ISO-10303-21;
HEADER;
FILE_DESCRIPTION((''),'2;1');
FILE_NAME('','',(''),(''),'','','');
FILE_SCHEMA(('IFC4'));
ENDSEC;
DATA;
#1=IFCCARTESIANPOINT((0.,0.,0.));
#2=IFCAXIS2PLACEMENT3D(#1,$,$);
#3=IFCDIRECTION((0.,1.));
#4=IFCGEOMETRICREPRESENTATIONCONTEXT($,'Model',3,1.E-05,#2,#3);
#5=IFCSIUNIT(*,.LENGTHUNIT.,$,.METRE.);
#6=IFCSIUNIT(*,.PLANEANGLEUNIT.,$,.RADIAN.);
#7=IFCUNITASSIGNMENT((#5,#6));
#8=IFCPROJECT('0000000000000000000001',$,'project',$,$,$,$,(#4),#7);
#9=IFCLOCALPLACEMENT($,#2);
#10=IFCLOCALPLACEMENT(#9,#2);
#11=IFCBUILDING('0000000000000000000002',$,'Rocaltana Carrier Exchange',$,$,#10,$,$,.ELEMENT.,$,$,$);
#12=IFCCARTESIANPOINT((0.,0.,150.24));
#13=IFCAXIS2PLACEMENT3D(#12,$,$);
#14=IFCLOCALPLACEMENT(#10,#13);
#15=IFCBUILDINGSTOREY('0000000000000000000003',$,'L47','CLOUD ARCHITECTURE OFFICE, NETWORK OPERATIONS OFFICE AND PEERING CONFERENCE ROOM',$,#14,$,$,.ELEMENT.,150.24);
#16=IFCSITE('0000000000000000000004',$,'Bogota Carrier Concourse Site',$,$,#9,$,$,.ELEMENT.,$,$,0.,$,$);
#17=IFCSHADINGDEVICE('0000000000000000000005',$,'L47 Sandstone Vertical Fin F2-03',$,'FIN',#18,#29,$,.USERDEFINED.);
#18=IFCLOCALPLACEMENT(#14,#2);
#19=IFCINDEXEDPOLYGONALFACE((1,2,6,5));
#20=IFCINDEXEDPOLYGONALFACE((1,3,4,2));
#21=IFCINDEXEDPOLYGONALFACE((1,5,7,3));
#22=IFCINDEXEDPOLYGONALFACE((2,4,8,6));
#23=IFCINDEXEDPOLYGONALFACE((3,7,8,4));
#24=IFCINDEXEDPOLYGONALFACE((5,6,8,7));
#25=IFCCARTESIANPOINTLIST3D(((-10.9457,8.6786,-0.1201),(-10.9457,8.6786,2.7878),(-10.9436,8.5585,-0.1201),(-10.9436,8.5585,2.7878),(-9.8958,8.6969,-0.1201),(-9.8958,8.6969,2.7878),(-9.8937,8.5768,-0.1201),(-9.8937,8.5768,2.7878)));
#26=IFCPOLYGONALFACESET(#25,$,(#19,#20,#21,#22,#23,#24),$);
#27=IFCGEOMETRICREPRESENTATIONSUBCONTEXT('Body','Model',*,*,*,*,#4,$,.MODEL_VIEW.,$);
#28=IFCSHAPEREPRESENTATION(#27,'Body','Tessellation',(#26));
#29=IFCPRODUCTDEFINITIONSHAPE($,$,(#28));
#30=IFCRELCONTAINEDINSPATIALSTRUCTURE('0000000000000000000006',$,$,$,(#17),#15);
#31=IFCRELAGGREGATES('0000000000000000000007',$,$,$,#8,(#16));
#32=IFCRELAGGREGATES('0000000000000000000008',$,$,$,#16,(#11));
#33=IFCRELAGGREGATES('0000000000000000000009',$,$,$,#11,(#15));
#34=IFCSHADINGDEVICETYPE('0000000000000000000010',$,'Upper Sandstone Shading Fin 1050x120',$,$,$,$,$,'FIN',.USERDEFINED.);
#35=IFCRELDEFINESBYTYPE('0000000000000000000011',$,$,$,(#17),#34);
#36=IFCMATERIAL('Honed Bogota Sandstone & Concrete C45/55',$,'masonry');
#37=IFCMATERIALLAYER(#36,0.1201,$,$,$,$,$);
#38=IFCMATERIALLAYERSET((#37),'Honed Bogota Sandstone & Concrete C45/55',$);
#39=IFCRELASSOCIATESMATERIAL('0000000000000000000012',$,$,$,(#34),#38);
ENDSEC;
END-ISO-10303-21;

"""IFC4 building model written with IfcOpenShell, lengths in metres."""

from ifc_helpers import new_model, si_unit, direction, frame, origin, origin_2d, place, context, subcontext, project, spatial, rectangle, extrude, material, layer, layer_set, type_object, element, save


model = new_model("IFC4")

# Units and contexts
model_context = context("Model", 3, precision=1e-05, world=origin(), true_north=direction((0.0, 1.0)))
body_context = subcontext(model_context, "Body", "Model", "MODEL_VIEW")
ifc_project = project(units=[si_unit("LENGTHUNIT", "METRE"), si_unit("PLANEANGLEUNIT", "RADIAN")], contexts=[model_context])

# Site, building, storey
site_placement = place(None, origin())
site = spatial("IfcSite", under=ifc_project, at=site_placement, Name="Bogota Carrier Concourse Site", CompositionType="ELEMENT", RefElevation=0.0)
building_placement = place(site_placement, origin())
building = spatial("IfcBuilding", under=site, at=building_placement, Name="Rocaltana Carrier Exchange", CompositionType="ELEMENT")
storey_placement = place(building_placement, frame((0.0, 0.0, 150.24)))
storey = spatial("IfcBuildingStorey", under=building, at=storey_placement, Name="L47", Description="CLOUD ARCHITECTURE OFFICE, NETWORK OPERATIONS OFFICE AND PEERING CONFERENCE ROOM", CompositionType="ELEMENT", Elevation=150.24)

# Shading device
ifc_material_1 = material(Name="Honed Bogota Sandstone & Concrete C45/55", Category="masonry")
ifc_layer_1 = layer(ifc_material_1, 0.1201)
ifc_layer_set_1 = layer_set([ifc_layer_1], Name="Honed Bogota Sandstone & Concrete C45/55")
shading_device_type = type_object("IfcShadingDeviceType", Name="Upper Sandstone Shading Fin 1050x120", ElementType="FIN", PredefinedType="USERDEFINED", material=ifc_layer_set_1)
shading_device_placement = place(storey_placement, frame((-10.4197, 8.6277, -0.1201), z_axis=(0.0, 0.0, 1.0), x_axis=(-0.999848, -0.017452, 0.0)))
element("IfcShadingDevice", 1, at=shading_device_placement, inside=storey, type_object=shading_device_type, Name="L47 Sandstone Vertical Fin F2-03", ObjectType="FIN", PredefinedType="USERDEFINED", context=body_context, shape_type="SweptSolid", body=[
    extrude(rectangle(XDim=1.05, YDim=0.1201, at=origin_2d()), origin(), (0.0, 0.0, 1.0), 2.908),
])

save(model, "model.ifc")
